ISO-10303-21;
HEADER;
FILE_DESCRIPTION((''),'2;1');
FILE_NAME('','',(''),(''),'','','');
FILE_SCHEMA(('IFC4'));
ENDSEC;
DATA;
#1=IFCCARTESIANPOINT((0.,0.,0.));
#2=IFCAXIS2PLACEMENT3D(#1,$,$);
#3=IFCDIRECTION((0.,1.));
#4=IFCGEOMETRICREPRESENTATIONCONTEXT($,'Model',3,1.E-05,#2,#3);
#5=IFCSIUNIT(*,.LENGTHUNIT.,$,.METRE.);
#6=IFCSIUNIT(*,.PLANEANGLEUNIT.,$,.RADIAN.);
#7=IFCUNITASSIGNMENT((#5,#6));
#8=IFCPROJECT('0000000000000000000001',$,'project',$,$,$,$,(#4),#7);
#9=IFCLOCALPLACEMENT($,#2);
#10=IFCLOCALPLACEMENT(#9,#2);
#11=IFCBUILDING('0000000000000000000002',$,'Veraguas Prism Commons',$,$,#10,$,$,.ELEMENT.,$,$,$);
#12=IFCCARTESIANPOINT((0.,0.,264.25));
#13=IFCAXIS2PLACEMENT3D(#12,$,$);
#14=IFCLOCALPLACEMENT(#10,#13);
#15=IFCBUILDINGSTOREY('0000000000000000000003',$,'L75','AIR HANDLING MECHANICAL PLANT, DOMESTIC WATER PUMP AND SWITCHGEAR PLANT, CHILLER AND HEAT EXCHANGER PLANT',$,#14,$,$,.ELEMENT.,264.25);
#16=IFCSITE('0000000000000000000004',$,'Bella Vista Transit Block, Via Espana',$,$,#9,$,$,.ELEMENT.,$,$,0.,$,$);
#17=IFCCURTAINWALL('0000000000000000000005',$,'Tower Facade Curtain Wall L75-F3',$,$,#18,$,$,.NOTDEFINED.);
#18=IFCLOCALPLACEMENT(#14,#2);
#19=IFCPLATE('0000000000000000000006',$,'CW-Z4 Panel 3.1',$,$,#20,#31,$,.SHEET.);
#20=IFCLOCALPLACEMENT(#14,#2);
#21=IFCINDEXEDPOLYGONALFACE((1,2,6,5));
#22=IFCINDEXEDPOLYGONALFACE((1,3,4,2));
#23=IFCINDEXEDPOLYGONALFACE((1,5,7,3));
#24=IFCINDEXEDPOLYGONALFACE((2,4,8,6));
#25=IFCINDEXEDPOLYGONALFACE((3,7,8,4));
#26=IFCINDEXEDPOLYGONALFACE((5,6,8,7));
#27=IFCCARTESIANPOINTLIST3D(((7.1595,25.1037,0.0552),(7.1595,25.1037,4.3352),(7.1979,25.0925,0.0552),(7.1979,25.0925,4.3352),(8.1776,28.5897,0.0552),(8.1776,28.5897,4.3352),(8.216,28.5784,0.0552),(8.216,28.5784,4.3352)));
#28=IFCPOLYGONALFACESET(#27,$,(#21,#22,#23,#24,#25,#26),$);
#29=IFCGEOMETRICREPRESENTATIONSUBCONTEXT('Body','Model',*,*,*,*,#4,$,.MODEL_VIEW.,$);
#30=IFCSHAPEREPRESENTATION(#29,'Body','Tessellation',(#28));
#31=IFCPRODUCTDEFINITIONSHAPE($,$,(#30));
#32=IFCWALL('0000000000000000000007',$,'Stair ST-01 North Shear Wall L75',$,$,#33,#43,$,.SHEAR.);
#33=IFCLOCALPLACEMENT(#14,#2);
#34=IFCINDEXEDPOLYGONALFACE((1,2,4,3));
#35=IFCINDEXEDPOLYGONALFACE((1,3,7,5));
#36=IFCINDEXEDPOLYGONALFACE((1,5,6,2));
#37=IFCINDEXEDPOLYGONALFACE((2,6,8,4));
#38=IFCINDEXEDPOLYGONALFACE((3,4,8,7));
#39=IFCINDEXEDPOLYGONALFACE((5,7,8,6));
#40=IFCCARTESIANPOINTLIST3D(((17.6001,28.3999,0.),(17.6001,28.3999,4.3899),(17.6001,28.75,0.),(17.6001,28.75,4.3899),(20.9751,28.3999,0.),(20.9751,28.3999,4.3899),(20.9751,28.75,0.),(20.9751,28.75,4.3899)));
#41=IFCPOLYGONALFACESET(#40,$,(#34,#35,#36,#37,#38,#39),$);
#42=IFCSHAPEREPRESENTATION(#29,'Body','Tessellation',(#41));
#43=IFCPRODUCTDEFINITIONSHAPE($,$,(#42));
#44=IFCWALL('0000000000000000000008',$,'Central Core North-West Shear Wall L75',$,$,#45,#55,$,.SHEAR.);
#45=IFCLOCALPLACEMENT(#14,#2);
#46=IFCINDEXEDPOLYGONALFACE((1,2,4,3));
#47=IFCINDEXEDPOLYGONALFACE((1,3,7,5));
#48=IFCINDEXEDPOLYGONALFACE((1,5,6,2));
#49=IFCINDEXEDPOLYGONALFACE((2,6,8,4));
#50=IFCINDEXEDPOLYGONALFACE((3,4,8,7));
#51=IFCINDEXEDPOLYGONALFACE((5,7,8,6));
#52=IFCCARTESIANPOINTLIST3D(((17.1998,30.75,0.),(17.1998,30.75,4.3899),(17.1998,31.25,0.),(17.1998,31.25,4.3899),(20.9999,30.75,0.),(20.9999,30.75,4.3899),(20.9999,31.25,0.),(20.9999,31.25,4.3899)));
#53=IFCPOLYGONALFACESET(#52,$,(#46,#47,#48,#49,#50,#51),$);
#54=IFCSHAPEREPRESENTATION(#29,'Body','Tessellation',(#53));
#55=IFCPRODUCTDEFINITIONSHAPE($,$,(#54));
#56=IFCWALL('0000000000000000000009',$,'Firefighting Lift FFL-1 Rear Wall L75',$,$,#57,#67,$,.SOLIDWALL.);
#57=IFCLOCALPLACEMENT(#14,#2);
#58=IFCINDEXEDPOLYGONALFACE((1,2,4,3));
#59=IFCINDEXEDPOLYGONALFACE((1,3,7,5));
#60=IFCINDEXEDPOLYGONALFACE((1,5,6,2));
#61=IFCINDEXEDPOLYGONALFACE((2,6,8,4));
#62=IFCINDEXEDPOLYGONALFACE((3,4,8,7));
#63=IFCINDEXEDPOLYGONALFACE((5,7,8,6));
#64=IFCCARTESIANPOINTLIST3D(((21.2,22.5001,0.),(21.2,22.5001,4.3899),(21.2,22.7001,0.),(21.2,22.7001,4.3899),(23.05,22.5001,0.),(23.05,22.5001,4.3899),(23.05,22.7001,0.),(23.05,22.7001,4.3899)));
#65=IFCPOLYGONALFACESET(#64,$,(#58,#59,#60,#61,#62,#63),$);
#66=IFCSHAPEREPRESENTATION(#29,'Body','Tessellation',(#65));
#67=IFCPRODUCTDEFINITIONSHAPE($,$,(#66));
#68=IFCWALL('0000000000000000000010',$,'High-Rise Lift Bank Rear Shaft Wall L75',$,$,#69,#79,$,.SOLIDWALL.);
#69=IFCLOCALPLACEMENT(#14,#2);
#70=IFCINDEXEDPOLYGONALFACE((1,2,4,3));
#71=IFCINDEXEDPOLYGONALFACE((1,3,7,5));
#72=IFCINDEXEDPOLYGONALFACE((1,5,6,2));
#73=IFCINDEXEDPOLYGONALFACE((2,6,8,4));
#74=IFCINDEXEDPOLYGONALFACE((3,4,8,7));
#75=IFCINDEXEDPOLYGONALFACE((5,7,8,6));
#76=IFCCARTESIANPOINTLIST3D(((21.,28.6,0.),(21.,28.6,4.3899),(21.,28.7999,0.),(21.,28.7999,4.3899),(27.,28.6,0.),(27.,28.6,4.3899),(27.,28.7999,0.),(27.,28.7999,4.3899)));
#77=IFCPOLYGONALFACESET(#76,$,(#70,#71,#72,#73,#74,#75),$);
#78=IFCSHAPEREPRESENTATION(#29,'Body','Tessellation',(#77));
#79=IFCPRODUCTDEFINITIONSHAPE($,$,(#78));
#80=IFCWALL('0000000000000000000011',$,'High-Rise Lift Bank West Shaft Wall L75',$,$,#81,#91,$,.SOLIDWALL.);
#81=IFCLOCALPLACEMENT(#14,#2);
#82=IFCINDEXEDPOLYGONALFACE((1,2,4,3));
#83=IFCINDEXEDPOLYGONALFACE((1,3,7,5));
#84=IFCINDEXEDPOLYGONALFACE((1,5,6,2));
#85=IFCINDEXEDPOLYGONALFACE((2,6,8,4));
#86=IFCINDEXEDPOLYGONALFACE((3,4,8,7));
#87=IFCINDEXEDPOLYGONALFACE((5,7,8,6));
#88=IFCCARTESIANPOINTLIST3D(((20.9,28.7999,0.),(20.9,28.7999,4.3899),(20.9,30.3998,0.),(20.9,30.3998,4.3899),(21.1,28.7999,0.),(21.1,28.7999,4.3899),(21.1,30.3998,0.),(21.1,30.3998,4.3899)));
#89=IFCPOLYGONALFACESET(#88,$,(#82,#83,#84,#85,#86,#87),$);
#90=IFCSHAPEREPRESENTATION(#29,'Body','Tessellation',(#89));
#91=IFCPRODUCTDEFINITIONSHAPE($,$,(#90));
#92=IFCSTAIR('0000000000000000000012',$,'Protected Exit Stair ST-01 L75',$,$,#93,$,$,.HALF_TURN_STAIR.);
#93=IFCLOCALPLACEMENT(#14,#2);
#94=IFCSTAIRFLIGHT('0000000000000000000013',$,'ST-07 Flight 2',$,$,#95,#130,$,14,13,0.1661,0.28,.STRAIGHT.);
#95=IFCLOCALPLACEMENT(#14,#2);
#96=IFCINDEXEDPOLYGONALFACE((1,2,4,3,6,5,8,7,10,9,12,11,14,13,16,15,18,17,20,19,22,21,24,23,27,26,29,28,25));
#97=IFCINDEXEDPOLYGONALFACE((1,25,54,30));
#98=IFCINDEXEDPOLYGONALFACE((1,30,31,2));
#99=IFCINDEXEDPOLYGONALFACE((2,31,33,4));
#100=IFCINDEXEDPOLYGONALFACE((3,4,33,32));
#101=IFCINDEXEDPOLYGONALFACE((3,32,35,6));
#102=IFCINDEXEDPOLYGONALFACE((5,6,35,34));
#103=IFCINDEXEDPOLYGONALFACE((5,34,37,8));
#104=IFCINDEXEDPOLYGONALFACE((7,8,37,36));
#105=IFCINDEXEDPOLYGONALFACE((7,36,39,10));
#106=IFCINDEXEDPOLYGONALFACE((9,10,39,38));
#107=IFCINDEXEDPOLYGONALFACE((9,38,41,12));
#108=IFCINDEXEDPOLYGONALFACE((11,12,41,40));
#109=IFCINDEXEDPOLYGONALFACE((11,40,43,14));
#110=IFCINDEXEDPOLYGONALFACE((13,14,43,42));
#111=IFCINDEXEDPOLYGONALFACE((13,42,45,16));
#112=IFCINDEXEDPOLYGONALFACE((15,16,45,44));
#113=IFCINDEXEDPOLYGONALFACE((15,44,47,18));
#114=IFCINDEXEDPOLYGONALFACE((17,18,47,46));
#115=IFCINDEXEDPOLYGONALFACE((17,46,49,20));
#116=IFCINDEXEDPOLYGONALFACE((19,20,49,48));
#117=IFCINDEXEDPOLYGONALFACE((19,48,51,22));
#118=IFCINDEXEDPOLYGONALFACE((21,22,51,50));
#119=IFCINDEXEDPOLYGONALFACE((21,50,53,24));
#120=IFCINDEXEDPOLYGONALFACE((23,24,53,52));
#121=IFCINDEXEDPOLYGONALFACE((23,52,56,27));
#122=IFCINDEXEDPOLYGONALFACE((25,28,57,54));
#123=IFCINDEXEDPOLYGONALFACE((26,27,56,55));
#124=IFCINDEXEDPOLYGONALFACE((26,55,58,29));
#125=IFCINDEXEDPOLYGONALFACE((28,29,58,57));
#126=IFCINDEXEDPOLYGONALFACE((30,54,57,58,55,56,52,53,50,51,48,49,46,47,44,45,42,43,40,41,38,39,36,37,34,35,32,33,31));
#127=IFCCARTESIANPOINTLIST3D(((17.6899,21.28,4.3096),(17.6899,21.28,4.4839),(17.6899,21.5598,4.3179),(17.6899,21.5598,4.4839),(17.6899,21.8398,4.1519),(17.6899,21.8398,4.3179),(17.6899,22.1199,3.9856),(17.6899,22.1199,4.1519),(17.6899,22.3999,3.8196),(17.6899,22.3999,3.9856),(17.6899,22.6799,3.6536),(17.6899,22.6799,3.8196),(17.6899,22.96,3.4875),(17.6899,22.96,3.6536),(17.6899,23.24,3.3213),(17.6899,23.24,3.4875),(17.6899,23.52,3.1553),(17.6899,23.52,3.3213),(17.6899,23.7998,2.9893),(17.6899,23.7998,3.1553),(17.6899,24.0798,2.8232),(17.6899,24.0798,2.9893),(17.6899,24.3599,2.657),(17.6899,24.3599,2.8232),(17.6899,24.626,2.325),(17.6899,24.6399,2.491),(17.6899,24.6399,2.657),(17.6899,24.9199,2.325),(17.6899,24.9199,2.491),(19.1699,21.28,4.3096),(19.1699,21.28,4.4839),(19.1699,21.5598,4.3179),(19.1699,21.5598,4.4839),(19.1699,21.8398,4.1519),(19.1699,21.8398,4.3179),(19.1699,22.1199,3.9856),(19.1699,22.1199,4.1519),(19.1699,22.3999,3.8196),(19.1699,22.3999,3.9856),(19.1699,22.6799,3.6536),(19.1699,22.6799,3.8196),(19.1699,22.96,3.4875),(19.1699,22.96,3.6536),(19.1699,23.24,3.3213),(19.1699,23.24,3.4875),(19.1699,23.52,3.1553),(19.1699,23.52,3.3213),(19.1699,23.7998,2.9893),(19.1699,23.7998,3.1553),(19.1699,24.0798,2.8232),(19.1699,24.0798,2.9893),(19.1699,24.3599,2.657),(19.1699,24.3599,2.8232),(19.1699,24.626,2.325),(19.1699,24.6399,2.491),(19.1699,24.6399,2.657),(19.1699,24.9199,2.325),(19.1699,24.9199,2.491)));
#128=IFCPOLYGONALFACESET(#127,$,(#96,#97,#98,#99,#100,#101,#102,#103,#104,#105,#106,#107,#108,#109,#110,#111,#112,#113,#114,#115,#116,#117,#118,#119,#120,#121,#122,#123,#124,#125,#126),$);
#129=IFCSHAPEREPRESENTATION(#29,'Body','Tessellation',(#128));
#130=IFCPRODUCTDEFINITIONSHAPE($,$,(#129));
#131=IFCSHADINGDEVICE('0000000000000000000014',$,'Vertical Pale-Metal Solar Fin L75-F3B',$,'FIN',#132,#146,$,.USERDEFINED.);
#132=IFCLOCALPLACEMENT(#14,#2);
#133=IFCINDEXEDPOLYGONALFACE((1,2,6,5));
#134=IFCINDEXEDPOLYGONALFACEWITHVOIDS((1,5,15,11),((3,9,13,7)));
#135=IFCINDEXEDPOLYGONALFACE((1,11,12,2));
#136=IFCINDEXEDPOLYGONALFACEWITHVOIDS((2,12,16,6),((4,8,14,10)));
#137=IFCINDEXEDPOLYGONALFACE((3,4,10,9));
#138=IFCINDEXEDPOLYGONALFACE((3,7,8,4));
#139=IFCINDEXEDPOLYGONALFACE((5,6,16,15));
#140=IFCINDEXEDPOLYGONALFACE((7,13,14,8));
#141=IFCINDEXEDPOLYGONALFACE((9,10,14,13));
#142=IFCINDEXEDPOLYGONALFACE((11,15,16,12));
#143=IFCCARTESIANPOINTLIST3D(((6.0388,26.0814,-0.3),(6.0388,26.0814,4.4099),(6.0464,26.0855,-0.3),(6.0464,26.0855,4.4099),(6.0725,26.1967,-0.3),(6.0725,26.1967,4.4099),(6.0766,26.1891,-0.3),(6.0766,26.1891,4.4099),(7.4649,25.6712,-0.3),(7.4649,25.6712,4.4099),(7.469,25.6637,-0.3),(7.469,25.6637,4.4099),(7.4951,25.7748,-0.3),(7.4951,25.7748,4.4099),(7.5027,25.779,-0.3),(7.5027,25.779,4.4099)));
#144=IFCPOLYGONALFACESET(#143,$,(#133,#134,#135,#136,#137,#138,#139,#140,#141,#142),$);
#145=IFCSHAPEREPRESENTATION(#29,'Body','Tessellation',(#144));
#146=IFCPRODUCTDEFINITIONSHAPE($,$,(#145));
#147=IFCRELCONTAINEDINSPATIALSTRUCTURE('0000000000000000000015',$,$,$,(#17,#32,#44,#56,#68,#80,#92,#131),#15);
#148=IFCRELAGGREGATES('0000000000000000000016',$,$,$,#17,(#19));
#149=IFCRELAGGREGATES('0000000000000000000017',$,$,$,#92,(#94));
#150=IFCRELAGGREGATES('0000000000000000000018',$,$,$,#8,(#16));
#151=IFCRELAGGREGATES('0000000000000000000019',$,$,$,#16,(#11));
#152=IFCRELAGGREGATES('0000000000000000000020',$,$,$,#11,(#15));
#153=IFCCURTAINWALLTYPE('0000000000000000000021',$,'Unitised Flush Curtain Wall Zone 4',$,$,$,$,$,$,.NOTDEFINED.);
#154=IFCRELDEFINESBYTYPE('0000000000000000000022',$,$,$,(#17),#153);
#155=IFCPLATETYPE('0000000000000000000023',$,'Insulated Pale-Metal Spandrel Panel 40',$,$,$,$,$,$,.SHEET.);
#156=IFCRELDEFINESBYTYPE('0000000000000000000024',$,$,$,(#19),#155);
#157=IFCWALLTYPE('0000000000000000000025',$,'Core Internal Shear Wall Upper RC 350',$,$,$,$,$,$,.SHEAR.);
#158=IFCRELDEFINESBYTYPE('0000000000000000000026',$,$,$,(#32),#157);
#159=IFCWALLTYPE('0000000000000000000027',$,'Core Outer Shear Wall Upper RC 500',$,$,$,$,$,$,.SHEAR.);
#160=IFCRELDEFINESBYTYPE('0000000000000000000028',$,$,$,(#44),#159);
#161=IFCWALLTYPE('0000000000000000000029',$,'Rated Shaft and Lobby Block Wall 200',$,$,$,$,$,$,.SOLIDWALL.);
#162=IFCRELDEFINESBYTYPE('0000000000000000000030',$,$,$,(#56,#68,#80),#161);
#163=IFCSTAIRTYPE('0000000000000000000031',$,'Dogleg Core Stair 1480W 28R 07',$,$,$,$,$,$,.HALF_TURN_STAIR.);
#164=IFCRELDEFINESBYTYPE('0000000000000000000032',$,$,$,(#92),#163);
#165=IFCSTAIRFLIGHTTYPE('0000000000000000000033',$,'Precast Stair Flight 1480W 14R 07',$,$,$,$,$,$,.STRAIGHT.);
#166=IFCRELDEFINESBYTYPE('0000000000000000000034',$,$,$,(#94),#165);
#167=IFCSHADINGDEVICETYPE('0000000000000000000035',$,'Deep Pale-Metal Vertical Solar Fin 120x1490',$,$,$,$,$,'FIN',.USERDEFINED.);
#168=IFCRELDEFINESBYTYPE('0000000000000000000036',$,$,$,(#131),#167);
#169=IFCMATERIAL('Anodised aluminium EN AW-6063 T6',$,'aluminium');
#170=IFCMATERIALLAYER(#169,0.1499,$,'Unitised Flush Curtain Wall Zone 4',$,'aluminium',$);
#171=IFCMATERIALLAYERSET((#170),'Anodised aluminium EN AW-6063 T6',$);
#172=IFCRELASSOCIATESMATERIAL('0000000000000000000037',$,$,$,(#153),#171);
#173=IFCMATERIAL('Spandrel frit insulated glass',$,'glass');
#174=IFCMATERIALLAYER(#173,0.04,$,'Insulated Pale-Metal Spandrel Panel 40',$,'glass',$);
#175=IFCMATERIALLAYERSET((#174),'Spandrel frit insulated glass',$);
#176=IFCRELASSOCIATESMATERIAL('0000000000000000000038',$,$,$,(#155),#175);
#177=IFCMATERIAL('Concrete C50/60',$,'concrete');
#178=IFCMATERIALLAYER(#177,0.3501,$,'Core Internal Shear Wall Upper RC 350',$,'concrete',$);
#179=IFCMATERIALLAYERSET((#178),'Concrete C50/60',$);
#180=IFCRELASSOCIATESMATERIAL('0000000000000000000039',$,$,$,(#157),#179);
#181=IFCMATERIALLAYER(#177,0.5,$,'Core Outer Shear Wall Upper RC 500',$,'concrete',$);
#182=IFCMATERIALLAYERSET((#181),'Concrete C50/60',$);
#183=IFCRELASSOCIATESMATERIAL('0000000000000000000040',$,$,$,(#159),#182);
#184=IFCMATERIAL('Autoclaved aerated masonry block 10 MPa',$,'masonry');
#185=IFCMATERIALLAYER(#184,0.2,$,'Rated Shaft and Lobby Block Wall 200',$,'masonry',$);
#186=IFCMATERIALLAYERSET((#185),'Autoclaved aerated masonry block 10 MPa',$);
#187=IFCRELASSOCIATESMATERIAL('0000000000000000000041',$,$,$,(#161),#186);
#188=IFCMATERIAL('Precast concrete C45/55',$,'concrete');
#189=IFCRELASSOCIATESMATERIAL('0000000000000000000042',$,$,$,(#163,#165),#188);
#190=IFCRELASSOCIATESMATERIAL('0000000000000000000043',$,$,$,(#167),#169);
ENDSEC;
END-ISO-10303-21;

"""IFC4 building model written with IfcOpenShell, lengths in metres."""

from ifc_helpers import new_model, si_unit, direction, frame, frame_2d, origin, origin_2d, place, context, subcontext, project, spatial, polyline, rectangle, hollow_rectangle, outline, extrude, source, transform, mapped, material, layer, layer_set, material_profile, profile_set, type_object, element, aggregate, save


model = new_model("IFC4")

# Units and contexts
model_context = context("Model", 3, precision=1e-05, world=origin(), true_north=direction((0.0, 1.0)))
body_context = subcontext(model_context, "Body", "Model", "MODEL_VIEW")
ifc_project = project(units=[si_unit("LENGTHUNIT", "METRE"), si_unit("PLANEANGLEUNIT", "RADIAN")], contexts=[model_context])

# Site, building, storey
site_placement = place(None, origin())
site = spatial("IfcSite", under=ifc_project, at=site_placement, Name="Bella Vista Transit Block, Via Espana", CompositionType="ELEMENT", RefElevation=0.0)
building_placement = place(site_placement, origin())
building = spatial("IfcBuilding", under=site, at=building_placement, Name="Veraguas Prism Commons", CompositionType="ELEMENT")
storey_placement = place(building_placement, frame((0.0, 0.0, 264.25)))
storey = spatial("IfcBuildingStorey", under=building, at=storey_placement, Name="L75", Description="AIR HANDLING MECHANICAL PLANT, DOMESTIC WATER PUMP AND SWITCHGEAR PLANT, CHILLER AND HEAT EXCHANGER PLANT", CompositionType="ELEMENT", Elevation=264.25)

# Shared definitions
ifc_material_1 = material(Name="Concrete C50/60", Category="concrete")

# Curtain wall
ifc_material_2 = material(Name="Anodised aluminium EN AW-6063 T6", Category="aluminium")
ifc_layer_1 = layer(ifc_material_2, 0.1499, Name="Unitised Flush Curtain Wall Zone 4", Category="aluminium")
ifc_layer_set_1 = layer_set([ifc_layer_1], Name="Anodised aluminium EN AW-6063 T6")
curtain_wall_type = type_object("IfcCurtainWallType", Name="Unitised Flush Curtain Wall Zone 4", PredefinedType="NOTDEFINED", material=ifc_layer_set_1)
curtain_wall_1_placement = place(storey_placement, origin())
curtain_wall_1 = element("IfcCurtainWall", 1, at=curtain_wall_1_placement, inside=storey, type_object=curtain_wall_type, Name="Tower Facade Curtain Wall L75-F3", PredefinedType="NOTDEFINED")

# Plate
ifc_material_3 = material(Name="Spandrel frit insulated glass", Category="glass")
ifc_layer_2 = layer(ifc_material_3, 0.04, Name="Insulated Pale-Metal Spandrel Panel 40", Category="glass")
ifc_layer_set_2 = layer_set([ifc_layer_2], Name="Spandrel frit insulated glass")
plate_type_1 = type_object("IfcPlateType", Name="Insulated Pale-Metal Spandrel Panel 40", PredefinedType="SHEET", material=ifc_layer_set_2)
shared_shape_1 = source(origin(), body_context, "Body", "SweptSolid", [
    extrude(rectangle(XDim=3.6316, YDim=0.04, at=origin_2d()), origin(), (0.0, 0.0, 1.0), 4.28),
])
plate_1_placement = place(storey_placement, frame((7.6877, 26.8411, 0.0552), z_axis=(0.0, 0.0, 1.0), x_axis=(-0.280338, -0.959901, 0.0)))
plate_1 = element("IfcPlate", 2, at=plate_1_placement, type_object=plate_type_1, Name="CW-Z4 Panel 3.1", PredefinedType="SHEET", context=body_context, shape_type="MappedRepresentation", body=[
    mapped(shared_shape_1, transform((0.0, 0.0, 0.0), scale=1.0)),
])
aggregate(curtain_wall_1, [plate_1])

# Walls
ifc_layer_3 = layer(ifc_material_1, 0.3501, Name="Core Internal Shear Wall Upper RC 350", Category="concrete")
ifc_layer_set_3 = layer_set([ifc_layer_3], Name="Concrete C50/60")
wall_type_1 = type_object("IfcWallType", Name="Core Internal Shear Wall Upper RC 350", PredefinedType="SHEAR", material=ifc_layer_set_3)
wall_1_placement = place(storey_placement, frame((17.6001, 28.575, 0.0), z_axis=(0.0, 0.0, 1.0), x_axis=(1.0, 0.0, 0.0)))
element("IfcWall", 3, at=wall_1_placement, inside=storey, type_object=wall_type_1, Name="Stair ST-01 North Shear Wall L75", PredefinedType="SHEAR", context=body_context, shape_type="SweptSolid", body=[
    extrude(rectangle(XDim=3.375, YDim=0.3501, at=frame_2d((1.6875, 0.0))), origin(), (0.0, 0.0, 1.0), 4.3899),
])
ifc_layer_4 = layer(ifc_material_1, 0.5, Name="Core Outer Shear Wall Upper RC 500", Category="concrete")
ifc_layer_set_4 = layer_set([ifc_layer_4], Name="Concrete C50/60")
wall_type_2 = type_object("IfcWallType", Name="Core Outer Shear Wall Upper RC 500", PredefinedType="SHEAR", material=ifc_layer_set_4)
wall_2_placement = place(storey_placement, frame((17.2, 31.0, 0.0), z_axis=(0.0, 0.0, 1.0), x_axis=(1.0, 0.0, 0.0)))
element("IfcWall", 4, at=wall_2_placement, inside=storey, type_object=wall_type_2, Name="Central Core North-West Shear Wall L75", PredefinedType="SHEAR", context=body_context, shape_type="SweptSolid", body=[
    extrude(rectangle(XDim=3.8, YDim=0.5, at=frame_2d((1.8999, 0.0))), origin(), (0.0, 0.0, 1.0), 4.3899),
])
ifc_material_4 = material(Name="Autoclaved aerated masonry block 10 MPa", Category="masonry")
ifc_layer_5 = layer(ifc_material_4, 0.2, Name="Rated Shaft and Lobby Block Wall 200", Category="masonry")
ifc_layer_set_5 = layer_set([ifc_layer_5], Name="Autoclaved aerated masonry block 10 MPa")
wall_type_3 = type_object("IfcWallType", Name="Rated Shaft and Lobby Block Wall 200", PredefinedType="SOLIDWALL", material=ifc_layer_set_5)
wall_3_placement = place(storey_placement, frame((21.2, 22.6001, 0.0), z_axis=(0.0, 0.0, 1.0), x_axis=(1.0, 0.0, 0.0)))
element("IfcWall", 5, at=wall_3_placement, inside=storey, type_object=wall_type_3, Name="Firefighting Lift FFL-1 Rear Wall L75", PredefinedType="SOLIDWALL", context=body_context, shape_type="SweptSolid", body=[
    extrude(rectangle(XDim=1.8501, YDim=0.2, at=frame_2d((0.925, 0.0))), origin(), (0.0, 0.0, 1.0), 4.3899),
])
wall_4_placement = place(storey_placement, frame((21.0, 28.7, 0.0), z_axis=(0.0, 0.0, 1.0), x_axis=(1.0, 0.0, 0.0)))
element("IfcWall", 6, at=wall_4_placement, inside=storey, type_object=wall_type_3, Name="High-Rise Lift Bank Rear Shaft Wall L75", PredefinedType="SOLIDWALL", context=body_context, shape_type="SweptSolid", body=[
    extrude(rectangle(XDim=6.0, YDim=0.2, at=frame_2d((3.0, 0.0))), origin(), (0.0, 0.0, 1.0), 4.3899),
])
wall_5_placement = place(storey_placement, frame((21.0, 28.8, 0.0), z_axis=(0.0, 0.0, 1.0), x_axis=(0.0, 1.0, 0.0)))
element("IfcWall", 7, at=wall_5_placement, inside=storey, type_object=wall_type_3, Name="High-Rise Lift Bank West Shaft Wall L75", PredefinedType="SOLIDWALL", context=body_context, shape_type="SweptSolid", body=[
    extrude(rectangle(XDim=1.5999, YDim=0.2, at=frame_2d((0.7998, 0.0))), origin(), (0.0, 0.0, 1.0), 4.3899),
])

# Stair, stair flight
ifc_material_5 = material(Name="Precast concrete C45/55", Category="concrete")
stair_type = type_object("IfcStairType", Name="Dogleg Core Stair 1480W 28R 07", PredefinedType="HALF_TURN_STAIR", material=ifc_material_5)
stair_placement = place(storey_placement, origin())
stair = element("IfcStair", 8, at=stair_placement, inside=storey, type_object=stair_type, Name="Protected Exit Stair ST-01 L75", PredefinedType="HALF_TURN_STAIR")
stair_flight_type = type_object("IfcStairFlightType", Name="Precast Stair Flight 1480W 14R 07", PredefinedType="STRAIGHT", material=ifc_material_5)
stair_flight_placement = place(storey_placement, frame((18.4299, 24.9199, 2.325), z_axis=(0.0, 0.0, 1.0), x_axis=(0.0, -1.0, 0.0)))
stair_flight = element("IfcStairFlight", 9, at=stair_flight_placement, type_object=stair_flight_type, Name="ST-07 Flight 2", NumberOfRisers=14, NumberOfTreads=13, PredefinedType="STRAIGHT", RiserHeight=0.1661, TreadLength=0.28, context=body_context, shape_type="SweptSolid", body=[
    extrude(outline(polyline([(0.0, 0.0), (0.0, 0.166), (0.28, 0.166), (0.28, 0.332), (0.5601, 0.332), (0.5601, 0.4983), (0.8401, 0.4983), (0.8401, 0.6643), (1.1201, 0.6643), (1.1201, 0.8303), (1.3999, 0.8303), (1.3999, 0.9963), (1.6799, 0.9963), (1.6799, 1.1626), (1.96, 1.1626), (1.96, 1.3286), (2.24, 1.3286), (2.24, 1.4946), (2.52, 1.4946), (2.52, 1.6606), (2.8, 1.6606), (2.8, 1.8269), (3.0801, 1.8269), (3.0801, 1.9929), (3.3601, 1.9929), (3.3601, 2.1589), (3.6399, 2.1589), (3.6399, 2.325), (3.6399, 1.9846), (0.2939, 0.0), (0.0, 0.0)])), frame((0.0, 0.74, 0.0), z_axis=(0.0, -1.0, 0.0), x_axis=(1.0, 0.0, 0.0)), (0.0, 0.0, 1.0), 1.48),
])
aggregate(stair, [stair_flight])

# Shading device
ifc_material_profile_1 = material_profile(ifc_material_2, hollow_rectangle(XDim=0.1201, YDim=1.49, WallThickness=0.0061, at=origin_2d()), Name="FIN120X1490X6")
ifc_profile_set_1 = profile_set([ifc_material_profile_1], Name="Anodised aluminium EN AW-6063 T6")
shading_device_type = type_object("IfcShadingDeviceType", Name="Deep Pale-Metal Vertical Solar Fin 120x1490", ElementType="FIN", PredefinedType="USERDEFINED", material=ifc_profile_set_1)
shading_device_placement = place(storey_placement, frame((6.7708, 25.9302, -0.3), z_axis=(0.0, 0.0, 1.0), x_axis=(-0.280337, -0.959902, 0.0)))
element("IfcShadingDevice", 10, at=shading_device_placement, inside=storey, type_object=shading_device_type, Name="Vertical Pale-Metal Solar Fin L75-F3B", ObjectType="FIN", PredefinedType="USERDEFINED", context=body_context, shape_type="SweptSolid", body=[
    extrude(hollow_rectangle(XDim=0.1201, YDim=1.49, WallThickness=0.0061, at=origin_2d()), origin(), (0.0, 0.0, 1.0), 4.71),
])

save(model, "model.ifc")
